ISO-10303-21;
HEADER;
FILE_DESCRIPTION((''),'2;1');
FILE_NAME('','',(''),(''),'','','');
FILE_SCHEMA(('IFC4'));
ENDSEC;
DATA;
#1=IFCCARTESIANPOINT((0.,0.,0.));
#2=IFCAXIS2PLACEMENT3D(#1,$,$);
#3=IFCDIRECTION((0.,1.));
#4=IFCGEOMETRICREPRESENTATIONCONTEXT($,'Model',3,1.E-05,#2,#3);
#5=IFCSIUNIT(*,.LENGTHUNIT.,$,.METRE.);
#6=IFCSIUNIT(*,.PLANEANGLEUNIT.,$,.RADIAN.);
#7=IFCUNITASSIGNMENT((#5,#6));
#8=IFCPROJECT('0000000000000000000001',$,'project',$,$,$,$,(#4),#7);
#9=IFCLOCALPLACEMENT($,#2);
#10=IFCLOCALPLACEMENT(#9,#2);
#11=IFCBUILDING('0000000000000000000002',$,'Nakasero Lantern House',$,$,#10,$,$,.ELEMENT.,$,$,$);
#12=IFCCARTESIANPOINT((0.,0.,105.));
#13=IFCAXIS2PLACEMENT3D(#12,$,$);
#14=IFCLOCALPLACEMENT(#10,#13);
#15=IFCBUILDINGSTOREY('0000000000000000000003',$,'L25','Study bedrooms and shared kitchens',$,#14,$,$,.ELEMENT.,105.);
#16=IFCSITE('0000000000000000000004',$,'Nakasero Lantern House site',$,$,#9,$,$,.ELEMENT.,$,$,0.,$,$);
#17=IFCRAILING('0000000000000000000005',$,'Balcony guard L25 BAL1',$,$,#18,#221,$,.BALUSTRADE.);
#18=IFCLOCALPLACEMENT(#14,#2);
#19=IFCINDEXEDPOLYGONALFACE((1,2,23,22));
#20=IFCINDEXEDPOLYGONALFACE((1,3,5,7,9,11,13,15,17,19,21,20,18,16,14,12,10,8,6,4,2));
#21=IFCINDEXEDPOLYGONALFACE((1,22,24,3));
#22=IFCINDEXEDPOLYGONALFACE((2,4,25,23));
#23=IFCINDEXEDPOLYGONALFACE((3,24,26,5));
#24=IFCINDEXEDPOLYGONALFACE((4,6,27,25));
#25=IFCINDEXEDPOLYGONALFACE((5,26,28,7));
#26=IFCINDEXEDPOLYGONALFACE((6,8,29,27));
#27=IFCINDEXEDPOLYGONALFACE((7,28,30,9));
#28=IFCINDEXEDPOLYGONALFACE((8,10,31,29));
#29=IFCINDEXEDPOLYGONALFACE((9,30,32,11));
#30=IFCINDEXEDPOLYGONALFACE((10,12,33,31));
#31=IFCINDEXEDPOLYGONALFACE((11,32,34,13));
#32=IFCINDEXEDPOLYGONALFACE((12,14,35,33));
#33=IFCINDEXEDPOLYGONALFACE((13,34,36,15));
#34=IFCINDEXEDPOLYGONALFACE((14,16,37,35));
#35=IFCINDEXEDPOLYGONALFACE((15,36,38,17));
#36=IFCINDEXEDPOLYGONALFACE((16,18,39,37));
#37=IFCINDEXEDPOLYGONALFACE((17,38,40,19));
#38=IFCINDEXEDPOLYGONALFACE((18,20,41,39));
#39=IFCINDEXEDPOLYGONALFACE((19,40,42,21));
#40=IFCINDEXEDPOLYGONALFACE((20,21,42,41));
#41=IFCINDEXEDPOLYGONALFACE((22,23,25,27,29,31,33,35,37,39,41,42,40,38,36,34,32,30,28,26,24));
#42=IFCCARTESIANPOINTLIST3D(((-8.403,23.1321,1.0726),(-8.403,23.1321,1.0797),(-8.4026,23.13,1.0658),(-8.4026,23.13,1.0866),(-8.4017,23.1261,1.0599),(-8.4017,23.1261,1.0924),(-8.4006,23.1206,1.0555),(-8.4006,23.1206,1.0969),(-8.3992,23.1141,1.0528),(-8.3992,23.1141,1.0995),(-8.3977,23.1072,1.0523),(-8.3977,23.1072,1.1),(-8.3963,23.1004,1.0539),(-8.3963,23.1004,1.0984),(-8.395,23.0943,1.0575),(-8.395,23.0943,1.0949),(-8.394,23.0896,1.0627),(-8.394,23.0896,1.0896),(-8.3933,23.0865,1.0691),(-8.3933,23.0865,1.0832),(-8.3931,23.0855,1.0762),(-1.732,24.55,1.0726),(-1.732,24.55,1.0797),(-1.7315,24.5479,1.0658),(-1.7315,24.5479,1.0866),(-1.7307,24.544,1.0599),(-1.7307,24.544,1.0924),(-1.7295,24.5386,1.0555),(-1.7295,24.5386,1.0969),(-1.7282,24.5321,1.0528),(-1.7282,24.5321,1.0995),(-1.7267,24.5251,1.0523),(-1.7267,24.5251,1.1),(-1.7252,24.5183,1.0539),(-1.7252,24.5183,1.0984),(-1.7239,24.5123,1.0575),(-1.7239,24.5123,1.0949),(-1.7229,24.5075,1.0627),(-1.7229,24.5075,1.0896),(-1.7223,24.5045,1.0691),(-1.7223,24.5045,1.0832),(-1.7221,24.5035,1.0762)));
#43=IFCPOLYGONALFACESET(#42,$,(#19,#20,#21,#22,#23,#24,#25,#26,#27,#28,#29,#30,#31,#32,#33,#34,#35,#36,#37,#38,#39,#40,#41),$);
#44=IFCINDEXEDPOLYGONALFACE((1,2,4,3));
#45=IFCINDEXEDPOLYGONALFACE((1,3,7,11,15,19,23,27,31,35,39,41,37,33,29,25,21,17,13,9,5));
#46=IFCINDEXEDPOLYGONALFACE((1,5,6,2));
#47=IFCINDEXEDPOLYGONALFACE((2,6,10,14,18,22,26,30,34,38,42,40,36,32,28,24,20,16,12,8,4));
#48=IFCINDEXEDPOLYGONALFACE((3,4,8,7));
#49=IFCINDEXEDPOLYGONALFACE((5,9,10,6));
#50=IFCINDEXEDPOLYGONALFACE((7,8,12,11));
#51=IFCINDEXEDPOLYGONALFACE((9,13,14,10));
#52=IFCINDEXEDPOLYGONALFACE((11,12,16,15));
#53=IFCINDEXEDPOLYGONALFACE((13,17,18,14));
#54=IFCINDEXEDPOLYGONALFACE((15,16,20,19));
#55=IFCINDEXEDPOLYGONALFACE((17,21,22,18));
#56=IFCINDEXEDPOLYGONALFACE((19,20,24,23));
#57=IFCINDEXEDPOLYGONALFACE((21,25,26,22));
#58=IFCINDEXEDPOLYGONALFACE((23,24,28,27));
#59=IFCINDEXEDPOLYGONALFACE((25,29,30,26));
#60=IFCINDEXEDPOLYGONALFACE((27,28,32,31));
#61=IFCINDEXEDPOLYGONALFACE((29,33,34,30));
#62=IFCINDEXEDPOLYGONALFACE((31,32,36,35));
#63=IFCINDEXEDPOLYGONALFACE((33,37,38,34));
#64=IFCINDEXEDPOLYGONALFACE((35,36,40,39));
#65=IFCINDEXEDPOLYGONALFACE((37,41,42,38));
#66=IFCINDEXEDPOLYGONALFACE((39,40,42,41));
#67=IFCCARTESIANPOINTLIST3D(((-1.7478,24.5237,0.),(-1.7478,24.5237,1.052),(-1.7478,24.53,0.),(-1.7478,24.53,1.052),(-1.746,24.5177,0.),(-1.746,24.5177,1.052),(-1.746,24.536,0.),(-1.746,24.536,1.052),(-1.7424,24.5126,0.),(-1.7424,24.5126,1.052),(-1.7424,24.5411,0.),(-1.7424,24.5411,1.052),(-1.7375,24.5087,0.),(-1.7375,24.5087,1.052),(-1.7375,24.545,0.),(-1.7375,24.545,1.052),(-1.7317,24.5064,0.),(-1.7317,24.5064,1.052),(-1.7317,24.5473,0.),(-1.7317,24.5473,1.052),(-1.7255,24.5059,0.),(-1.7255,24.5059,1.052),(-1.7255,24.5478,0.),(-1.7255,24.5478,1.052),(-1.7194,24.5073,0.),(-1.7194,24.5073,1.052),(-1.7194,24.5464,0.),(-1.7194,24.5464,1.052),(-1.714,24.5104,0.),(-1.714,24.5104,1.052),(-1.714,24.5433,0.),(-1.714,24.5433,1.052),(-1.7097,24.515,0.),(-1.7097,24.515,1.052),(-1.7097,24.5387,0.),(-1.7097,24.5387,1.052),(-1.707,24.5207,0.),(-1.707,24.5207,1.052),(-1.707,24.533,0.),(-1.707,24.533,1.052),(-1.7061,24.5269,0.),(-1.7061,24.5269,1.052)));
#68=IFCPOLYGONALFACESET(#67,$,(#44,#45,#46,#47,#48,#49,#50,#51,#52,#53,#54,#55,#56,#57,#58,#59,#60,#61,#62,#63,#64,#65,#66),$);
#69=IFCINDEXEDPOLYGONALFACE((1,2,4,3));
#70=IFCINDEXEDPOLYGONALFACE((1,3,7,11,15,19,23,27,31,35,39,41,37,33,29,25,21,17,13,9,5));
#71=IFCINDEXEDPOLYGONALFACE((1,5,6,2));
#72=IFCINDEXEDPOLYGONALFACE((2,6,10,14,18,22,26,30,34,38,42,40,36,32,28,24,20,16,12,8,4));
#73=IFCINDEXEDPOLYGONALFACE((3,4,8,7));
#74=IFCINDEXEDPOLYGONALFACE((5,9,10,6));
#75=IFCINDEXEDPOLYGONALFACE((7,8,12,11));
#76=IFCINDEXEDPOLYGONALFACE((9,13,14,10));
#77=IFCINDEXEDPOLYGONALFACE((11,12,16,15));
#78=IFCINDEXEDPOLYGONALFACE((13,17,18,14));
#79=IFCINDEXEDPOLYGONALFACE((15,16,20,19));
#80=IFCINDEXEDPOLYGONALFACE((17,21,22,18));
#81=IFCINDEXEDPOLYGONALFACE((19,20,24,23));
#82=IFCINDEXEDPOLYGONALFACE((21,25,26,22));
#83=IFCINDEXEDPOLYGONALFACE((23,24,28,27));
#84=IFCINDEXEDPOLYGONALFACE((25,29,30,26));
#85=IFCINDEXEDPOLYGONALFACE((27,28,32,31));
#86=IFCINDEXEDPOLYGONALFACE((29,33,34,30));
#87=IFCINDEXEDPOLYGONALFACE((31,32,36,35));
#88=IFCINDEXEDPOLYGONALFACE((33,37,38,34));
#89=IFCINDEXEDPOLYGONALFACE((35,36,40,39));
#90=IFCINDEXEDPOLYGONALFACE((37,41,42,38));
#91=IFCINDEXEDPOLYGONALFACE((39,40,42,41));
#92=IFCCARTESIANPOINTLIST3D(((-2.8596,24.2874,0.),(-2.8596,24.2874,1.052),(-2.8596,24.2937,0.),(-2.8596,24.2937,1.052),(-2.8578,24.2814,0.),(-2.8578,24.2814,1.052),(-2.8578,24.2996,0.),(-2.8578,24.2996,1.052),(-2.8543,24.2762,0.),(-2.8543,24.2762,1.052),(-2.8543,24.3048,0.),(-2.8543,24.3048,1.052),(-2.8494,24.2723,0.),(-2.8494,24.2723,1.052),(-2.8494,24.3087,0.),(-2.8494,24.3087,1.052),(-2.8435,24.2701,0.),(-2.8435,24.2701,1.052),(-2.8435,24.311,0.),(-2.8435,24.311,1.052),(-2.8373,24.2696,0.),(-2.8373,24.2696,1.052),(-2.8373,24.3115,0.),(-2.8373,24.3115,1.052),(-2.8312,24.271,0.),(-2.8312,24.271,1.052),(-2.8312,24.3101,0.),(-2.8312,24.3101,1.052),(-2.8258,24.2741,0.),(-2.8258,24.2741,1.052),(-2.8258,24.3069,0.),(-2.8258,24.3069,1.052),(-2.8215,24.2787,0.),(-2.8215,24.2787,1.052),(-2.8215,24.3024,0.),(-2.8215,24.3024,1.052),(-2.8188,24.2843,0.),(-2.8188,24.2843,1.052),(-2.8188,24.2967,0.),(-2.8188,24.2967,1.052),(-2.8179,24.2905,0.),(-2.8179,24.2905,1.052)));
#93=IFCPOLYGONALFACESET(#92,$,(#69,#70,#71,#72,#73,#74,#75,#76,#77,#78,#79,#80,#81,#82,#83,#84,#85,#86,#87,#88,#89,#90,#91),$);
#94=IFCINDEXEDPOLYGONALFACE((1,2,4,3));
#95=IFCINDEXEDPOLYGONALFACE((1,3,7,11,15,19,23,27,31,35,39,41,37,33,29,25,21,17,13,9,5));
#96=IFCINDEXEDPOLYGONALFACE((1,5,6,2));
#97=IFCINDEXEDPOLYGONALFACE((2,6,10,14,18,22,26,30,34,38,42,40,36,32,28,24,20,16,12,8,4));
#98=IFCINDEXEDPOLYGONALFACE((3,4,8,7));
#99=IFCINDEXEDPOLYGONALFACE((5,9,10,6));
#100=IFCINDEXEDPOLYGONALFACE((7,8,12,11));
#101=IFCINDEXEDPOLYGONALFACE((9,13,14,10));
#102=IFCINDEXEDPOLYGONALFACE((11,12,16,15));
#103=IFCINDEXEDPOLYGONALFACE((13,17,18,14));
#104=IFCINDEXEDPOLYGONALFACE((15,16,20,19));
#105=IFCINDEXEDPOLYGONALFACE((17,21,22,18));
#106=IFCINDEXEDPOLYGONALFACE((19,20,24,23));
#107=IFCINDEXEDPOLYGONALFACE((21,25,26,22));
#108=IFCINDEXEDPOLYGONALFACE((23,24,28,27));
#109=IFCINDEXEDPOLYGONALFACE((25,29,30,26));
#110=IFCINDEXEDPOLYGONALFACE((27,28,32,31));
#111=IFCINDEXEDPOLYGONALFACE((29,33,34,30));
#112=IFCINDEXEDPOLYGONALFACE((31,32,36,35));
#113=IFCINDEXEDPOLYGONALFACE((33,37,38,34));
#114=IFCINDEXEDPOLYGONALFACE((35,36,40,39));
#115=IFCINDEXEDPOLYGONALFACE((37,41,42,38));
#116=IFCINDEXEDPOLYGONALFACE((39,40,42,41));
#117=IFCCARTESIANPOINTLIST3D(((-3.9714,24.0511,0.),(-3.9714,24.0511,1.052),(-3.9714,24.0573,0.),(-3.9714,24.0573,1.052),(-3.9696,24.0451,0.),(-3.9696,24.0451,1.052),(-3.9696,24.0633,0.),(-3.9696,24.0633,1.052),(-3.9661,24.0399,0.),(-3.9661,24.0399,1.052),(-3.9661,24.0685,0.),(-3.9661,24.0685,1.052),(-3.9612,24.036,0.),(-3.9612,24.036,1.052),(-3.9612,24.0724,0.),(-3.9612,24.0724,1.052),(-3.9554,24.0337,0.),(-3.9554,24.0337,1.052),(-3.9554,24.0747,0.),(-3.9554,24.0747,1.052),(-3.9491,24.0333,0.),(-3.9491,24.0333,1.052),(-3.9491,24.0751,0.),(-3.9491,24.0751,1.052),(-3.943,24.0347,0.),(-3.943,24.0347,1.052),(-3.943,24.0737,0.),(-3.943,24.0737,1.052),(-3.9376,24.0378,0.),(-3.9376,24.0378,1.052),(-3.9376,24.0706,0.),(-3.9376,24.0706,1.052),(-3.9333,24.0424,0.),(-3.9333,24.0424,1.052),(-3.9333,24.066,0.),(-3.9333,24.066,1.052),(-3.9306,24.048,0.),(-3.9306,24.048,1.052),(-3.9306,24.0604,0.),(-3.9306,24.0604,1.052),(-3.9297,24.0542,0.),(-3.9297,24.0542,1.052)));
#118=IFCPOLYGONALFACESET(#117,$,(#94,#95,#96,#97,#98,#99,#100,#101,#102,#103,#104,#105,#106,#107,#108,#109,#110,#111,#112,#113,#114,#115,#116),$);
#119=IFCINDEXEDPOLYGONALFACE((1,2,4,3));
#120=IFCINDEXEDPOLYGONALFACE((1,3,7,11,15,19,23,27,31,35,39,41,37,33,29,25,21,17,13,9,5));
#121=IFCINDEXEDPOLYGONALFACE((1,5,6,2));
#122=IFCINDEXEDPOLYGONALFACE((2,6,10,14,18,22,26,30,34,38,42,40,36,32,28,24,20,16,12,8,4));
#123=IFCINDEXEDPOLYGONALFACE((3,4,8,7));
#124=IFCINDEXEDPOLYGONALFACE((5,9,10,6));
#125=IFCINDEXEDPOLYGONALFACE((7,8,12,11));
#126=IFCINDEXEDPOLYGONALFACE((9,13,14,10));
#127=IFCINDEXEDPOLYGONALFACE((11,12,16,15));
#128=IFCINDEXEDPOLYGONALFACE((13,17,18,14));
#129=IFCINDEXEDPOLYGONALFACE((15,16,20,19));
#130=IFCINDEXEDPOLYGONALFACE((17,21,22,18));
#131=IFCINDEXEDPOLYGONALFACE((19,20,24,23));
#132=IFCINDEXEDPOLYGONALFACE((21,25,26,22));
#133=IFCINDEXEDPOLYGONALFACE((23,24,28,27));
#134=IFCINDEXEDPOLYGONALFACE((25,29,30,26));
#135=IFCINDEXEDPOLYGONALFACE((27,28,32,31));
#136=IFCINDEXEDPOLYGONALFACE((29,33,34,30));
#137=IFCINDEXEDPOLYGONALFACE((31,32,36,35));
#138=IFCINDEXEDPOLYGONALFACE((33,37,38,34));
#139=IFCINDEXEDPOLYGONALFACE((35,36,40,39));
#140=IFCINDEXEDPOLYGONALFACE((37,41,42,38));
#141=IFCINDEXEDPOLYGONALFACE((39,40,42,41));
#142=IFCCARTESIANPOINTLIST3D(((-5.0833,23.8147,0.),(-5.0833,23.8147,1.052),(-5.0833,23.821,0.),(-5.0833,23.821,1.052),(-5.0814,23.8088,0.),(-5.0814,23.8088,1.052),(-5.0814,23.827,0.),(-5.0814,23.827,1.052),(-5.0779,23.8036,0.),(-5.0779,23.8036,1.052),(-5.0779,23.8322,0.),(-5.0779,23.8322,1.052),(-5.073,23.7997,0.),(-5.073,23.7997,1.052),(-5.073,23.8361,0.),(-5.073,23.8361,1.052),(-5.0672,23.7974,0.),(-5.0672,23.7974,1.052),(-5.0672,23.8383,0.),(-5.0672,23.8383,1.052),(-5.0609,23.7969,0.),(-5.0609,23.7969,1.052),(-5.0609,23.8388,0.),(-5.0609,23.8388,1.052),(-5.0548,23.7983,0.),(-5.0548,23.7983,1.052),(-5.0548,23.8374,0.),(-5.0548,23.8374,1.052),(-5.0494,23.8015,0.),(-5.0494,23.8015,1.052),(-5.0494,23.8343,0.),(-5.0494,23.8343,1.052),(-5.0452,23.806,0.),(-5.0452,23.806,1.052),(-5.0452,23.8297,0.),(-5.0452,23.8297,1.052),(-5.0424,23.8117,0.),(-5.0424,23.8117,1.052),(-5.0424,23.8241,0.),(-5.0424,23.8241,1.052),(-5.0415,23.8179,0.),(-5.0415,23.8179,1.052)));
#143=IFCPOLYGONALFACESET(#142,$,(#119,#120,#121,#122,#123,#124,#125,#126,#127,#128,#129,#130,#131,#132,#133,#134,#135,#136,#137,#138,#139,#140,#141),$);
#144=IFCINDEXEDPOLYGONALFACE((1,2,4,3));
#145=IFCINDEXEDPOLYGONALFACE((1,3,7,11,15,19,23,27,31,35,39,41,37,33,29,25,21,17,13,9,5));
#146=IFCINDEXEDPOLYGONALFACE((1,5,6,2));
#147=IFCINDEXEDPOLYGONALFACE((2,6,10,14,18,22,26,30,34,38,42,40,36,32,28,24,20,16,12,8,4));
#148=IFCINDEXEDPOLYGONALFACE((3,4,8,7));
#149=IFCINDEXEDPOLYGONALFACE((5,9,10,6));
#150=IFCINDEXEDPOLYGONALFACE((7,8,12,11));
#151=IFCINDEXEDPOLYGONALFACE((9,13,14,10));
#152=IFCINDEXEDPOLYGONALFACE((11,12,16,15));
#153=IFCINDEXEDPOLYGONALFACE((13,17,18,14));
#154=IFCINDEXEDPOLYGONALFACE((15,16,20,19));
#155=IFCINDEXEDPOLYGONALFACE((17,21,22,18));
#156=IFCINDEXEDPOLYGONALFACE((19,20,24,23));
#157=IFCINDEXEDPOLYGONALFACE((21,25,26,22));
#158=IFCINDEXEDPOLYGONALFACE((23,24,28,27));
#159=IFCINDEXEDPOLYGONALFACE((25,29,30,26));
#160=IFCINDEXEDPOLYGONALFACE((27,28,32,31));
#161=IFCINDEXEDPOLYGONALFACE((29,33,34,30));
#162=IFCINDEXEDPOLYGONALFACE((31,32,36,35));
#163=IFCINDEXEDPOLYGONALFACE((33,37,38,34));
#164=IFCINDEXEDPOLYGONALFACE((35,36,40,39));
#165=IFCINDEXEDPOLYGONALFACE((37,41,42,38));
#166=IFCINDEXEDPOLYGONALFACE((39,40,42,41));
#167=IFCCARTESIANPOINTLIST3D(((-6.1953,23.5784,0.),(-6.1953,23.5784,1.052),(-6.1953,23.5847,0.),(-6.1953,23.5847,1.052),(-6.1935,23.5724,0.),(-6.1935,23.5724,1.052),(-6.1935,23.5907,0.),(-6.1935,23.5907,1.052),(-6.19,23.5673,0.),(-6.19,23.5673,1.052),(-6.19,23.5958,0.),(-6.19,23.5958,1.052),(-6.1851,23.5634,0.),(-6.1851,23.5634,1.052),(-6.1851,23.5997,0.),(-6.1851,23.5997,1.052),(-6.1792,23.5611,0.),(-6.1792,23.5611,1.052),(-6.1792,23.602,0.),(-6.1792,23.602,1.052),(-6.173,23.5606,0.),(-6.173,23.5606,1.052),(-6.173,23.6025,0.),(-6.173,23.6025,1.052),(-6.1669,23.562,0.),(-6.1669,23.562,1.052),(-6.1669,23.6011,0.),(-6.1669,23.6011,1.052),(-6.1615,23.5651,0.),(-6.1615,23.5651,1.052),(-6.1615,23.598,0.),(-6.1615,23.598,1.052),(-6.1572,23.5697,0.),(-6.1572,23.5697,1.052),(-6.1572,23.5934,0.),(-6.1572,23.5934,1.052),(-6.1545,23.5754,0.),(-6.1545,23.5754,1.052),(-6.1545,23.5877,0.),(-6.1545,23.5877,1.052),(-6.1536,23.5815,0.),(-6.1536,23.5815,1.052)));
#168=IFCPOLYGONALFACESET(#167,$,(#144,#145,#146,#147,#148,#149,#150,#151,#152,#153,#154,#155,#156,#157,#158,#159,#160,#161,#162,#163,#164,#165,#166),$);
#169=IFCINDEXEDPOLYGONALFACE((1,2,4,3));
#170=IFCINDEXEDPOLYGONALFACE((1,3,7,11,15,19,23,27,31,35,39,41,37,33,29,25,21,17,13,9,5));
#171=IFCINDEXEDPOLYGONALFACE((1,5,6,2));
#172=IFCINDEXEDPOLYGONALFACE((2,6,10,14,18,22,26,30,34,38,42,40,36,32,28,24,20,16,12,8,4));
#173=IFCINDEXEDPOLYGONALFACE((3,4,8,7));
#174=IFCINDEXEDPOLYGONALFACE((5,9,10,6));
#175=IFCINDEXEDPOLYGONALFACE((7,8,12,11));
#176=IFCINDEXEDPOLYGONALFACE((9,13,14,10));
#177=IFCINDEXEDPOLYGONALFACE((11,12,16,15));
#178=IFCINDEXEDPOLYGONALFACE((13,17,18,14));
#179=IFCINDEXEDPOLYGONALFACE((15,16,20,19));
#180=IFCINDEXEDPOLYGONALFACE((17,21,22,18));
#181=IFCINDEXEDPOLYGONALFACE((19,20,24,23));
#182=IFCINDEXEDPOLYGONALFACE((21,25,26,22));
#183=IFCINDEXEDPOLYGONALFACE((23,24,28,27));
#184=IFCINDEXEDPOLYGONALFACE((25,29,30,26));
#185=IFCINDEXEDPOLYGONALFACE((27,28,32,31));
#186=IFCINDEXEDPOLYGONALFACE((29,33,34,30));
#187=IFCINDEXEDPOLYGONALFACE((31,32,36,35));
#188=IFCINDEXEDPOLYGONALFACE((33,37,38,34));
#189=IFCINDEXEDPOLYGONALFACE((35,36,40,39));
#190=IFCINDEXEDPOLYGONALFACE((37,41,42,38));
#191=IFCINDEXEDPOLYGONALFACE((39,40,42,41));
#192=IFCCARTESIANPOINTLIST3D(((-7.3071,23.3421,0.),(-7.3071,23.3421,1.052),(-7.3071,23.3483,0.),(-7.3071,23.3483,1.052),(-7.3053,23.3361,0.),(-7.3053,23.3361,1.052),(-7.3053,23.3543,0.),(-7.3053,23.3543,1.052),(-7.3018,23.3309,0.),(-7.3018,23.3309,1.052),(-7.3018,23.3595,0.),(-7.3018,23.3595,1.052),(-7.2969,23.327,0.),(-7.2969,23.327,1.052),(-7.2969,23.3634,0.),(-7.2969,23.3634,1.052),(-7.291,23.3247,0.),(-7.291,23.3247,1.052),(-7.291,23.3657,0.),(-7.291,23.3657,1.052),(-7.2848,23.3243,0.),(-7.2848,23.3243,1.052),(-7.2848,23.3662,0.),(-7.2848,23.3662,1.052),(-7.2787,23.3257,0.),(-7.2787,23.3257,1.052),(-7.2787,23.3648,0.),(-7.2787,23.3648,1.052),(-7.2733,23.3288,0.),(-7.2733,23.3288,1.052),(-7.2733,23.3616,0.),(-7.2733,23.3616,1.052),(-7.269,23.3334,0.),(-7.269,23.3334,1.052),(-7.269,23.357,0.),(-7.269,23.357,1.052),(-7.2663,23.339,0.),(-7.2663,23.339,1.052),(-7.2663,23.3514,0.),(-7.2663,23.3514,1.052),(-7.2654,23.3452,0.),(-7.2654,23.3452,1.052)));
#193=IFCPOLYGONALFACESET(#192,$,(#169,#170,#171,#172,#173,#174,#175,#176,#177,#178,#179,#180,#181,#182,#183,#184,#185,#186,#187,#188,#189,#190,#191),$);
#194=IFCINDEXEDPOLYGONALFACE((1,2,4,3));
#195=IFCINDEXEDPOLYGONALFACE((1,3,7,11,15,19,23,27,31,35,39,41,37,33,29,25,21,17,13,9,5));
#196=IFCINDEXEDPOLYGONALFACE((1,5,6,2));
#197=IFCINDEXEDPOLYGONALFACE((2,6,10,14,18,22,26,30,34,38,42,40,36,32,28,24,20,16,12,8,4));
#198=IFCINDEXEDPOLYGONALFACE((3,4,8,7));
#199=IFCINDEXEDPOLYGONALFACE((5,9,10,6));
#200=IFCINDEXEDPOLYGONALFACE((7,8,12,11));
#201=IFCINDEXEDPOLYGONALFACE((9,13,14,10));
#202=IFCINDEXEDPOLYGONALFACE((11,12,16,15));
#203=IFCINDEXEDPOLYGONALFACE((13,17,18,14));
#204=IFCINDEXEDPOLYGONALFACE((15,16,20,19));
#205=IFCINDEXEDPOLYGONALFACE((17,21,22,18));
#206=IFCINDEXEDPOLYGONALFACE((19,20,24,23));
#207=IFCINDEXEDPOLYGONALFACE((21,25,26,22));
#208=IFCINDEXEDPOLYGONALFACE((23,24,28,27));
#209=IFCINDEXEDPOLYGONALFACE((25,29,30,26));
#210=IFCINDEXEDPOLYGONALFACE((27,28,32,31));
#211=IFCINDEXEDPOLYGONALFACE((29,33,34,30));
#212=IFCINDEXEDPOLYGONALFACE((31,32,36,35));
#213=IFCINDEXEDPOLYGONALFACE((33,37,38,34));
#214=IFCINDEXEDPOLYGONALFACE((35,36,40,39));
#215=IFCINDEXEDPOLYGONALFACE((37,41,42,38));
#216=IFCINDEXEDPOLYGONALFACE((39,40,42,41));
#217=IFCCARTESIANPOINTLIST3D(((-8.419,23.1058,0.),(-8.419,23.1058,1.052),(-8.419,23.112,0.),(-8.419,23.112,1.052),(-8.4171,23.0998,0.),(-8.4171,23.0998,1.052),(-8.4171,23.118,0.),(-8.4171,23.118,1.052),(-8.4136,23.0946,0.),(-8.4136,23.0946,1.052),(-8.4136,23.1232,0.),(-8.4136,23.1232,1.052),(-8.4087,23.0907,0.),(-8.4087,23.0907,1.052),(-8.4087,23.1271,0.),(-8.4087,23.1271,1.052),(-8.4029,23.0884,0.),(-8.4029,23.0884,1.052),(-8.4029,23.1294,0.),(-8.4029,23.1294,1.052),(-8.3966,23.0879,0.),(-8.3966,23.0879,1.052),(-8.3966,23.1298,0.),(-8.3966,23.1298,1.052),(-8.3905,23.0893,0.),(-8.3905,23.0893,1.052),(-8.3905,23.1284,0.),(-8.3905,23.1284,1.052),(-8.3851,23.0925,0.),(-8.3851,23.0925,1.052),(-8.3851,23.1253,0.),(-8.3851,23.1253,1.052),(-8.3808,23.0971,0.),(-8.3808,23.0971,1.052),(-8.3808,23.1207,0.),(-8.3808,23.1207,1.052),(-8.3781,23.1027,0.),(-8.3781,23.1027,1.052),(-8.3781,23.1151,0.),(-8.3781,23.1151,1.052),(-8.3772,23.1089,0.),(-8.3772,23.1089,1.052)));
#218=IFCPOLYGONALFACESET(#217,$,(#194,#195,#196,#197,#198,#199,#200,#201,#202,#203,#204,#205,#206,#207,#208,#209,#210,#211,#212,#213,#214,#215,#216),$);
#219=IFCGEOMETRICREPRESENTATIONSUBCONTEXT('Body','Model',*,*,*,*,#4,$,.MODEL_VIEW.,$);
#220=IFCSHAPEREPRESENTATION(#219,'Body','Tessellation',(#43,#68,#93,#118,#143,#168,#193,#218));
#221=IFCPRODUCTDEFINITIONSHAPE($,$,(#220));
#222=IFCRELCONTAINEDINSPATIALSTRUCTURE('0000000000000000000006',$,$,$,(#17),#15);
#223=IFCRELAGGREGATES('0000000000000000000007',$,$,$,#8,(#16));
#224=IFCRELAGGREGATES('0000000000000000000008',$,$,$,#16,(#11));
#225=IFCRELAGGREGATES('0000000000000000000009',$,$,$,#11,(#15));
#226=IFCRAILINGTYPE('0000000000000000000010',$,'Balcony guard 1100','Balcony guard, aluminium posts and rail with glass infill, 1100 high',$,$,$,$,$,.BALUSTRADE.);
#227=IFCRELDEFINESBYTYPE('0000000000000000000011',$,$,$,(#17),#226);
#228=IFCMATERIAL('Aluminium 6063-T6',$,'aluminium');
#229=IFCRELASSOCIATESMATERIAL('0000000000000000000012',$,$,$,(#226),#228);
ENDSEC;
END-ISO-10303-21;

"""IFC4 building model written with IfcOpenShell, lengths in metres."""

from ifc_helpers import new_model, si_unit, direction, frame, origin, origin_2d, place, context, subcontext, project, spatial, circle, extrude, material, type_object, element, save


model = new_model("IFC4")

# Units and contexts
model_context = context("Model", 3, precision=1e-05, world=origin(), true_north=direction((0.0, 1.0)))
body_context = subcontext(model_context, "Body", "Model", "MODEL_VIEW")
ifc_project = project(units=[si_unit("LENGTHUNIT", "METRE"), si_unit("PLANEANGLEUNIT", "RADIAN")], contexts=[model_context])

# Site, building, storey
site_placement = place(None, origin())
site = spatial("IfcSite", under=ifc_project, at=site_placement, Name="Nakasero Lantern House site", CompositionType="ELEMENT", RefElevation=0.0)
building_placement = place(site_placement, origin())
building = spatial("IfcBuilding", under=site, at=building_placement, Name="Nakasero Lantern House", CompositionType="ELEMENT")
storey_placement = place(building_placement, frame((0.0, 0.0, 105.0)))
storey = spatial("IfcBuildingStorey", under=building, at=storey_placement, Name="L25", Description="Study bedrooms and shared kitchens", CompositionType="ELEMENT", Elevation=105.0)

# Railing
ifc_material_1 = material(Name="Aluminium 6063-T6", Category="aluminium")
railing_type = type_object("IfcRailingType", Name="Balcony guard 1100", Description="Balcony guard, aluminium posts and rail with glass infill, 1100 high", PredefinedType="BALUSTRADE", material=ifc_material_1)
railing_placement = place(storey_placement, frame((-1.7271, 24.5269, 0.0)))
element("IfcRailing", 1, at=railing_placement, inside=storey, type_object=railing_type, Name="Balcony guard L25 BAL1", PredefinedType="BALUSTRADE", context=body_context, shape_type="SweptSolid", body=[
    extrude(circle(Radius=0.0239, at=origin_2d()), frame((0.0, 0.0, 1.0762), z_axis=(-0.978148, -0.207908, 0.0), x_axis=(0.207908, -0.978148, 0.0)), (0.0, 0.0, 1.0), 6.8201),
    extrude(circle(Radius=0.021, at=origin_2d()), origin(), (0.0, 0.0, 1.0), 1.052),
    extrude(circle(Radius=0.021, at=origin_2d()), frame((-1.1118, -0.2363, 0.0)), (0.0, 0.0, 1.0), 1.052),
    extrude(circle(Radius=0.021, at=origin_2d()), frame((-2.2236, -0.4727, 0.0)), (0.0, 0.0, 1.0), 1.052),
    extrude(circle(Radius=0.021, at=origin_2d()), frame((-3.3354, -0.709, 0.0)), (0.0, 0.0, 1.0), 1.052),
    extrude(circle(Radius=0.021, at=origin_2d()), frame((-4.4475, -0.9453, 0.0)), (0.0, 0.0, 1.0), 1.052),
    extrude(circle(Radius=0.021, at=origin_2d()), frame((-5.5593, -1.1816, 0.0)), (0.0, 0.0, 1.0), 1.052),
    extrude(circle(Radius=0.021, at=origin_2d()), frame((-6.6711, -1.418, 0.0)), (0.0, 0.0, 1.0), 1.052),
])

save(model, "model.ifc")
